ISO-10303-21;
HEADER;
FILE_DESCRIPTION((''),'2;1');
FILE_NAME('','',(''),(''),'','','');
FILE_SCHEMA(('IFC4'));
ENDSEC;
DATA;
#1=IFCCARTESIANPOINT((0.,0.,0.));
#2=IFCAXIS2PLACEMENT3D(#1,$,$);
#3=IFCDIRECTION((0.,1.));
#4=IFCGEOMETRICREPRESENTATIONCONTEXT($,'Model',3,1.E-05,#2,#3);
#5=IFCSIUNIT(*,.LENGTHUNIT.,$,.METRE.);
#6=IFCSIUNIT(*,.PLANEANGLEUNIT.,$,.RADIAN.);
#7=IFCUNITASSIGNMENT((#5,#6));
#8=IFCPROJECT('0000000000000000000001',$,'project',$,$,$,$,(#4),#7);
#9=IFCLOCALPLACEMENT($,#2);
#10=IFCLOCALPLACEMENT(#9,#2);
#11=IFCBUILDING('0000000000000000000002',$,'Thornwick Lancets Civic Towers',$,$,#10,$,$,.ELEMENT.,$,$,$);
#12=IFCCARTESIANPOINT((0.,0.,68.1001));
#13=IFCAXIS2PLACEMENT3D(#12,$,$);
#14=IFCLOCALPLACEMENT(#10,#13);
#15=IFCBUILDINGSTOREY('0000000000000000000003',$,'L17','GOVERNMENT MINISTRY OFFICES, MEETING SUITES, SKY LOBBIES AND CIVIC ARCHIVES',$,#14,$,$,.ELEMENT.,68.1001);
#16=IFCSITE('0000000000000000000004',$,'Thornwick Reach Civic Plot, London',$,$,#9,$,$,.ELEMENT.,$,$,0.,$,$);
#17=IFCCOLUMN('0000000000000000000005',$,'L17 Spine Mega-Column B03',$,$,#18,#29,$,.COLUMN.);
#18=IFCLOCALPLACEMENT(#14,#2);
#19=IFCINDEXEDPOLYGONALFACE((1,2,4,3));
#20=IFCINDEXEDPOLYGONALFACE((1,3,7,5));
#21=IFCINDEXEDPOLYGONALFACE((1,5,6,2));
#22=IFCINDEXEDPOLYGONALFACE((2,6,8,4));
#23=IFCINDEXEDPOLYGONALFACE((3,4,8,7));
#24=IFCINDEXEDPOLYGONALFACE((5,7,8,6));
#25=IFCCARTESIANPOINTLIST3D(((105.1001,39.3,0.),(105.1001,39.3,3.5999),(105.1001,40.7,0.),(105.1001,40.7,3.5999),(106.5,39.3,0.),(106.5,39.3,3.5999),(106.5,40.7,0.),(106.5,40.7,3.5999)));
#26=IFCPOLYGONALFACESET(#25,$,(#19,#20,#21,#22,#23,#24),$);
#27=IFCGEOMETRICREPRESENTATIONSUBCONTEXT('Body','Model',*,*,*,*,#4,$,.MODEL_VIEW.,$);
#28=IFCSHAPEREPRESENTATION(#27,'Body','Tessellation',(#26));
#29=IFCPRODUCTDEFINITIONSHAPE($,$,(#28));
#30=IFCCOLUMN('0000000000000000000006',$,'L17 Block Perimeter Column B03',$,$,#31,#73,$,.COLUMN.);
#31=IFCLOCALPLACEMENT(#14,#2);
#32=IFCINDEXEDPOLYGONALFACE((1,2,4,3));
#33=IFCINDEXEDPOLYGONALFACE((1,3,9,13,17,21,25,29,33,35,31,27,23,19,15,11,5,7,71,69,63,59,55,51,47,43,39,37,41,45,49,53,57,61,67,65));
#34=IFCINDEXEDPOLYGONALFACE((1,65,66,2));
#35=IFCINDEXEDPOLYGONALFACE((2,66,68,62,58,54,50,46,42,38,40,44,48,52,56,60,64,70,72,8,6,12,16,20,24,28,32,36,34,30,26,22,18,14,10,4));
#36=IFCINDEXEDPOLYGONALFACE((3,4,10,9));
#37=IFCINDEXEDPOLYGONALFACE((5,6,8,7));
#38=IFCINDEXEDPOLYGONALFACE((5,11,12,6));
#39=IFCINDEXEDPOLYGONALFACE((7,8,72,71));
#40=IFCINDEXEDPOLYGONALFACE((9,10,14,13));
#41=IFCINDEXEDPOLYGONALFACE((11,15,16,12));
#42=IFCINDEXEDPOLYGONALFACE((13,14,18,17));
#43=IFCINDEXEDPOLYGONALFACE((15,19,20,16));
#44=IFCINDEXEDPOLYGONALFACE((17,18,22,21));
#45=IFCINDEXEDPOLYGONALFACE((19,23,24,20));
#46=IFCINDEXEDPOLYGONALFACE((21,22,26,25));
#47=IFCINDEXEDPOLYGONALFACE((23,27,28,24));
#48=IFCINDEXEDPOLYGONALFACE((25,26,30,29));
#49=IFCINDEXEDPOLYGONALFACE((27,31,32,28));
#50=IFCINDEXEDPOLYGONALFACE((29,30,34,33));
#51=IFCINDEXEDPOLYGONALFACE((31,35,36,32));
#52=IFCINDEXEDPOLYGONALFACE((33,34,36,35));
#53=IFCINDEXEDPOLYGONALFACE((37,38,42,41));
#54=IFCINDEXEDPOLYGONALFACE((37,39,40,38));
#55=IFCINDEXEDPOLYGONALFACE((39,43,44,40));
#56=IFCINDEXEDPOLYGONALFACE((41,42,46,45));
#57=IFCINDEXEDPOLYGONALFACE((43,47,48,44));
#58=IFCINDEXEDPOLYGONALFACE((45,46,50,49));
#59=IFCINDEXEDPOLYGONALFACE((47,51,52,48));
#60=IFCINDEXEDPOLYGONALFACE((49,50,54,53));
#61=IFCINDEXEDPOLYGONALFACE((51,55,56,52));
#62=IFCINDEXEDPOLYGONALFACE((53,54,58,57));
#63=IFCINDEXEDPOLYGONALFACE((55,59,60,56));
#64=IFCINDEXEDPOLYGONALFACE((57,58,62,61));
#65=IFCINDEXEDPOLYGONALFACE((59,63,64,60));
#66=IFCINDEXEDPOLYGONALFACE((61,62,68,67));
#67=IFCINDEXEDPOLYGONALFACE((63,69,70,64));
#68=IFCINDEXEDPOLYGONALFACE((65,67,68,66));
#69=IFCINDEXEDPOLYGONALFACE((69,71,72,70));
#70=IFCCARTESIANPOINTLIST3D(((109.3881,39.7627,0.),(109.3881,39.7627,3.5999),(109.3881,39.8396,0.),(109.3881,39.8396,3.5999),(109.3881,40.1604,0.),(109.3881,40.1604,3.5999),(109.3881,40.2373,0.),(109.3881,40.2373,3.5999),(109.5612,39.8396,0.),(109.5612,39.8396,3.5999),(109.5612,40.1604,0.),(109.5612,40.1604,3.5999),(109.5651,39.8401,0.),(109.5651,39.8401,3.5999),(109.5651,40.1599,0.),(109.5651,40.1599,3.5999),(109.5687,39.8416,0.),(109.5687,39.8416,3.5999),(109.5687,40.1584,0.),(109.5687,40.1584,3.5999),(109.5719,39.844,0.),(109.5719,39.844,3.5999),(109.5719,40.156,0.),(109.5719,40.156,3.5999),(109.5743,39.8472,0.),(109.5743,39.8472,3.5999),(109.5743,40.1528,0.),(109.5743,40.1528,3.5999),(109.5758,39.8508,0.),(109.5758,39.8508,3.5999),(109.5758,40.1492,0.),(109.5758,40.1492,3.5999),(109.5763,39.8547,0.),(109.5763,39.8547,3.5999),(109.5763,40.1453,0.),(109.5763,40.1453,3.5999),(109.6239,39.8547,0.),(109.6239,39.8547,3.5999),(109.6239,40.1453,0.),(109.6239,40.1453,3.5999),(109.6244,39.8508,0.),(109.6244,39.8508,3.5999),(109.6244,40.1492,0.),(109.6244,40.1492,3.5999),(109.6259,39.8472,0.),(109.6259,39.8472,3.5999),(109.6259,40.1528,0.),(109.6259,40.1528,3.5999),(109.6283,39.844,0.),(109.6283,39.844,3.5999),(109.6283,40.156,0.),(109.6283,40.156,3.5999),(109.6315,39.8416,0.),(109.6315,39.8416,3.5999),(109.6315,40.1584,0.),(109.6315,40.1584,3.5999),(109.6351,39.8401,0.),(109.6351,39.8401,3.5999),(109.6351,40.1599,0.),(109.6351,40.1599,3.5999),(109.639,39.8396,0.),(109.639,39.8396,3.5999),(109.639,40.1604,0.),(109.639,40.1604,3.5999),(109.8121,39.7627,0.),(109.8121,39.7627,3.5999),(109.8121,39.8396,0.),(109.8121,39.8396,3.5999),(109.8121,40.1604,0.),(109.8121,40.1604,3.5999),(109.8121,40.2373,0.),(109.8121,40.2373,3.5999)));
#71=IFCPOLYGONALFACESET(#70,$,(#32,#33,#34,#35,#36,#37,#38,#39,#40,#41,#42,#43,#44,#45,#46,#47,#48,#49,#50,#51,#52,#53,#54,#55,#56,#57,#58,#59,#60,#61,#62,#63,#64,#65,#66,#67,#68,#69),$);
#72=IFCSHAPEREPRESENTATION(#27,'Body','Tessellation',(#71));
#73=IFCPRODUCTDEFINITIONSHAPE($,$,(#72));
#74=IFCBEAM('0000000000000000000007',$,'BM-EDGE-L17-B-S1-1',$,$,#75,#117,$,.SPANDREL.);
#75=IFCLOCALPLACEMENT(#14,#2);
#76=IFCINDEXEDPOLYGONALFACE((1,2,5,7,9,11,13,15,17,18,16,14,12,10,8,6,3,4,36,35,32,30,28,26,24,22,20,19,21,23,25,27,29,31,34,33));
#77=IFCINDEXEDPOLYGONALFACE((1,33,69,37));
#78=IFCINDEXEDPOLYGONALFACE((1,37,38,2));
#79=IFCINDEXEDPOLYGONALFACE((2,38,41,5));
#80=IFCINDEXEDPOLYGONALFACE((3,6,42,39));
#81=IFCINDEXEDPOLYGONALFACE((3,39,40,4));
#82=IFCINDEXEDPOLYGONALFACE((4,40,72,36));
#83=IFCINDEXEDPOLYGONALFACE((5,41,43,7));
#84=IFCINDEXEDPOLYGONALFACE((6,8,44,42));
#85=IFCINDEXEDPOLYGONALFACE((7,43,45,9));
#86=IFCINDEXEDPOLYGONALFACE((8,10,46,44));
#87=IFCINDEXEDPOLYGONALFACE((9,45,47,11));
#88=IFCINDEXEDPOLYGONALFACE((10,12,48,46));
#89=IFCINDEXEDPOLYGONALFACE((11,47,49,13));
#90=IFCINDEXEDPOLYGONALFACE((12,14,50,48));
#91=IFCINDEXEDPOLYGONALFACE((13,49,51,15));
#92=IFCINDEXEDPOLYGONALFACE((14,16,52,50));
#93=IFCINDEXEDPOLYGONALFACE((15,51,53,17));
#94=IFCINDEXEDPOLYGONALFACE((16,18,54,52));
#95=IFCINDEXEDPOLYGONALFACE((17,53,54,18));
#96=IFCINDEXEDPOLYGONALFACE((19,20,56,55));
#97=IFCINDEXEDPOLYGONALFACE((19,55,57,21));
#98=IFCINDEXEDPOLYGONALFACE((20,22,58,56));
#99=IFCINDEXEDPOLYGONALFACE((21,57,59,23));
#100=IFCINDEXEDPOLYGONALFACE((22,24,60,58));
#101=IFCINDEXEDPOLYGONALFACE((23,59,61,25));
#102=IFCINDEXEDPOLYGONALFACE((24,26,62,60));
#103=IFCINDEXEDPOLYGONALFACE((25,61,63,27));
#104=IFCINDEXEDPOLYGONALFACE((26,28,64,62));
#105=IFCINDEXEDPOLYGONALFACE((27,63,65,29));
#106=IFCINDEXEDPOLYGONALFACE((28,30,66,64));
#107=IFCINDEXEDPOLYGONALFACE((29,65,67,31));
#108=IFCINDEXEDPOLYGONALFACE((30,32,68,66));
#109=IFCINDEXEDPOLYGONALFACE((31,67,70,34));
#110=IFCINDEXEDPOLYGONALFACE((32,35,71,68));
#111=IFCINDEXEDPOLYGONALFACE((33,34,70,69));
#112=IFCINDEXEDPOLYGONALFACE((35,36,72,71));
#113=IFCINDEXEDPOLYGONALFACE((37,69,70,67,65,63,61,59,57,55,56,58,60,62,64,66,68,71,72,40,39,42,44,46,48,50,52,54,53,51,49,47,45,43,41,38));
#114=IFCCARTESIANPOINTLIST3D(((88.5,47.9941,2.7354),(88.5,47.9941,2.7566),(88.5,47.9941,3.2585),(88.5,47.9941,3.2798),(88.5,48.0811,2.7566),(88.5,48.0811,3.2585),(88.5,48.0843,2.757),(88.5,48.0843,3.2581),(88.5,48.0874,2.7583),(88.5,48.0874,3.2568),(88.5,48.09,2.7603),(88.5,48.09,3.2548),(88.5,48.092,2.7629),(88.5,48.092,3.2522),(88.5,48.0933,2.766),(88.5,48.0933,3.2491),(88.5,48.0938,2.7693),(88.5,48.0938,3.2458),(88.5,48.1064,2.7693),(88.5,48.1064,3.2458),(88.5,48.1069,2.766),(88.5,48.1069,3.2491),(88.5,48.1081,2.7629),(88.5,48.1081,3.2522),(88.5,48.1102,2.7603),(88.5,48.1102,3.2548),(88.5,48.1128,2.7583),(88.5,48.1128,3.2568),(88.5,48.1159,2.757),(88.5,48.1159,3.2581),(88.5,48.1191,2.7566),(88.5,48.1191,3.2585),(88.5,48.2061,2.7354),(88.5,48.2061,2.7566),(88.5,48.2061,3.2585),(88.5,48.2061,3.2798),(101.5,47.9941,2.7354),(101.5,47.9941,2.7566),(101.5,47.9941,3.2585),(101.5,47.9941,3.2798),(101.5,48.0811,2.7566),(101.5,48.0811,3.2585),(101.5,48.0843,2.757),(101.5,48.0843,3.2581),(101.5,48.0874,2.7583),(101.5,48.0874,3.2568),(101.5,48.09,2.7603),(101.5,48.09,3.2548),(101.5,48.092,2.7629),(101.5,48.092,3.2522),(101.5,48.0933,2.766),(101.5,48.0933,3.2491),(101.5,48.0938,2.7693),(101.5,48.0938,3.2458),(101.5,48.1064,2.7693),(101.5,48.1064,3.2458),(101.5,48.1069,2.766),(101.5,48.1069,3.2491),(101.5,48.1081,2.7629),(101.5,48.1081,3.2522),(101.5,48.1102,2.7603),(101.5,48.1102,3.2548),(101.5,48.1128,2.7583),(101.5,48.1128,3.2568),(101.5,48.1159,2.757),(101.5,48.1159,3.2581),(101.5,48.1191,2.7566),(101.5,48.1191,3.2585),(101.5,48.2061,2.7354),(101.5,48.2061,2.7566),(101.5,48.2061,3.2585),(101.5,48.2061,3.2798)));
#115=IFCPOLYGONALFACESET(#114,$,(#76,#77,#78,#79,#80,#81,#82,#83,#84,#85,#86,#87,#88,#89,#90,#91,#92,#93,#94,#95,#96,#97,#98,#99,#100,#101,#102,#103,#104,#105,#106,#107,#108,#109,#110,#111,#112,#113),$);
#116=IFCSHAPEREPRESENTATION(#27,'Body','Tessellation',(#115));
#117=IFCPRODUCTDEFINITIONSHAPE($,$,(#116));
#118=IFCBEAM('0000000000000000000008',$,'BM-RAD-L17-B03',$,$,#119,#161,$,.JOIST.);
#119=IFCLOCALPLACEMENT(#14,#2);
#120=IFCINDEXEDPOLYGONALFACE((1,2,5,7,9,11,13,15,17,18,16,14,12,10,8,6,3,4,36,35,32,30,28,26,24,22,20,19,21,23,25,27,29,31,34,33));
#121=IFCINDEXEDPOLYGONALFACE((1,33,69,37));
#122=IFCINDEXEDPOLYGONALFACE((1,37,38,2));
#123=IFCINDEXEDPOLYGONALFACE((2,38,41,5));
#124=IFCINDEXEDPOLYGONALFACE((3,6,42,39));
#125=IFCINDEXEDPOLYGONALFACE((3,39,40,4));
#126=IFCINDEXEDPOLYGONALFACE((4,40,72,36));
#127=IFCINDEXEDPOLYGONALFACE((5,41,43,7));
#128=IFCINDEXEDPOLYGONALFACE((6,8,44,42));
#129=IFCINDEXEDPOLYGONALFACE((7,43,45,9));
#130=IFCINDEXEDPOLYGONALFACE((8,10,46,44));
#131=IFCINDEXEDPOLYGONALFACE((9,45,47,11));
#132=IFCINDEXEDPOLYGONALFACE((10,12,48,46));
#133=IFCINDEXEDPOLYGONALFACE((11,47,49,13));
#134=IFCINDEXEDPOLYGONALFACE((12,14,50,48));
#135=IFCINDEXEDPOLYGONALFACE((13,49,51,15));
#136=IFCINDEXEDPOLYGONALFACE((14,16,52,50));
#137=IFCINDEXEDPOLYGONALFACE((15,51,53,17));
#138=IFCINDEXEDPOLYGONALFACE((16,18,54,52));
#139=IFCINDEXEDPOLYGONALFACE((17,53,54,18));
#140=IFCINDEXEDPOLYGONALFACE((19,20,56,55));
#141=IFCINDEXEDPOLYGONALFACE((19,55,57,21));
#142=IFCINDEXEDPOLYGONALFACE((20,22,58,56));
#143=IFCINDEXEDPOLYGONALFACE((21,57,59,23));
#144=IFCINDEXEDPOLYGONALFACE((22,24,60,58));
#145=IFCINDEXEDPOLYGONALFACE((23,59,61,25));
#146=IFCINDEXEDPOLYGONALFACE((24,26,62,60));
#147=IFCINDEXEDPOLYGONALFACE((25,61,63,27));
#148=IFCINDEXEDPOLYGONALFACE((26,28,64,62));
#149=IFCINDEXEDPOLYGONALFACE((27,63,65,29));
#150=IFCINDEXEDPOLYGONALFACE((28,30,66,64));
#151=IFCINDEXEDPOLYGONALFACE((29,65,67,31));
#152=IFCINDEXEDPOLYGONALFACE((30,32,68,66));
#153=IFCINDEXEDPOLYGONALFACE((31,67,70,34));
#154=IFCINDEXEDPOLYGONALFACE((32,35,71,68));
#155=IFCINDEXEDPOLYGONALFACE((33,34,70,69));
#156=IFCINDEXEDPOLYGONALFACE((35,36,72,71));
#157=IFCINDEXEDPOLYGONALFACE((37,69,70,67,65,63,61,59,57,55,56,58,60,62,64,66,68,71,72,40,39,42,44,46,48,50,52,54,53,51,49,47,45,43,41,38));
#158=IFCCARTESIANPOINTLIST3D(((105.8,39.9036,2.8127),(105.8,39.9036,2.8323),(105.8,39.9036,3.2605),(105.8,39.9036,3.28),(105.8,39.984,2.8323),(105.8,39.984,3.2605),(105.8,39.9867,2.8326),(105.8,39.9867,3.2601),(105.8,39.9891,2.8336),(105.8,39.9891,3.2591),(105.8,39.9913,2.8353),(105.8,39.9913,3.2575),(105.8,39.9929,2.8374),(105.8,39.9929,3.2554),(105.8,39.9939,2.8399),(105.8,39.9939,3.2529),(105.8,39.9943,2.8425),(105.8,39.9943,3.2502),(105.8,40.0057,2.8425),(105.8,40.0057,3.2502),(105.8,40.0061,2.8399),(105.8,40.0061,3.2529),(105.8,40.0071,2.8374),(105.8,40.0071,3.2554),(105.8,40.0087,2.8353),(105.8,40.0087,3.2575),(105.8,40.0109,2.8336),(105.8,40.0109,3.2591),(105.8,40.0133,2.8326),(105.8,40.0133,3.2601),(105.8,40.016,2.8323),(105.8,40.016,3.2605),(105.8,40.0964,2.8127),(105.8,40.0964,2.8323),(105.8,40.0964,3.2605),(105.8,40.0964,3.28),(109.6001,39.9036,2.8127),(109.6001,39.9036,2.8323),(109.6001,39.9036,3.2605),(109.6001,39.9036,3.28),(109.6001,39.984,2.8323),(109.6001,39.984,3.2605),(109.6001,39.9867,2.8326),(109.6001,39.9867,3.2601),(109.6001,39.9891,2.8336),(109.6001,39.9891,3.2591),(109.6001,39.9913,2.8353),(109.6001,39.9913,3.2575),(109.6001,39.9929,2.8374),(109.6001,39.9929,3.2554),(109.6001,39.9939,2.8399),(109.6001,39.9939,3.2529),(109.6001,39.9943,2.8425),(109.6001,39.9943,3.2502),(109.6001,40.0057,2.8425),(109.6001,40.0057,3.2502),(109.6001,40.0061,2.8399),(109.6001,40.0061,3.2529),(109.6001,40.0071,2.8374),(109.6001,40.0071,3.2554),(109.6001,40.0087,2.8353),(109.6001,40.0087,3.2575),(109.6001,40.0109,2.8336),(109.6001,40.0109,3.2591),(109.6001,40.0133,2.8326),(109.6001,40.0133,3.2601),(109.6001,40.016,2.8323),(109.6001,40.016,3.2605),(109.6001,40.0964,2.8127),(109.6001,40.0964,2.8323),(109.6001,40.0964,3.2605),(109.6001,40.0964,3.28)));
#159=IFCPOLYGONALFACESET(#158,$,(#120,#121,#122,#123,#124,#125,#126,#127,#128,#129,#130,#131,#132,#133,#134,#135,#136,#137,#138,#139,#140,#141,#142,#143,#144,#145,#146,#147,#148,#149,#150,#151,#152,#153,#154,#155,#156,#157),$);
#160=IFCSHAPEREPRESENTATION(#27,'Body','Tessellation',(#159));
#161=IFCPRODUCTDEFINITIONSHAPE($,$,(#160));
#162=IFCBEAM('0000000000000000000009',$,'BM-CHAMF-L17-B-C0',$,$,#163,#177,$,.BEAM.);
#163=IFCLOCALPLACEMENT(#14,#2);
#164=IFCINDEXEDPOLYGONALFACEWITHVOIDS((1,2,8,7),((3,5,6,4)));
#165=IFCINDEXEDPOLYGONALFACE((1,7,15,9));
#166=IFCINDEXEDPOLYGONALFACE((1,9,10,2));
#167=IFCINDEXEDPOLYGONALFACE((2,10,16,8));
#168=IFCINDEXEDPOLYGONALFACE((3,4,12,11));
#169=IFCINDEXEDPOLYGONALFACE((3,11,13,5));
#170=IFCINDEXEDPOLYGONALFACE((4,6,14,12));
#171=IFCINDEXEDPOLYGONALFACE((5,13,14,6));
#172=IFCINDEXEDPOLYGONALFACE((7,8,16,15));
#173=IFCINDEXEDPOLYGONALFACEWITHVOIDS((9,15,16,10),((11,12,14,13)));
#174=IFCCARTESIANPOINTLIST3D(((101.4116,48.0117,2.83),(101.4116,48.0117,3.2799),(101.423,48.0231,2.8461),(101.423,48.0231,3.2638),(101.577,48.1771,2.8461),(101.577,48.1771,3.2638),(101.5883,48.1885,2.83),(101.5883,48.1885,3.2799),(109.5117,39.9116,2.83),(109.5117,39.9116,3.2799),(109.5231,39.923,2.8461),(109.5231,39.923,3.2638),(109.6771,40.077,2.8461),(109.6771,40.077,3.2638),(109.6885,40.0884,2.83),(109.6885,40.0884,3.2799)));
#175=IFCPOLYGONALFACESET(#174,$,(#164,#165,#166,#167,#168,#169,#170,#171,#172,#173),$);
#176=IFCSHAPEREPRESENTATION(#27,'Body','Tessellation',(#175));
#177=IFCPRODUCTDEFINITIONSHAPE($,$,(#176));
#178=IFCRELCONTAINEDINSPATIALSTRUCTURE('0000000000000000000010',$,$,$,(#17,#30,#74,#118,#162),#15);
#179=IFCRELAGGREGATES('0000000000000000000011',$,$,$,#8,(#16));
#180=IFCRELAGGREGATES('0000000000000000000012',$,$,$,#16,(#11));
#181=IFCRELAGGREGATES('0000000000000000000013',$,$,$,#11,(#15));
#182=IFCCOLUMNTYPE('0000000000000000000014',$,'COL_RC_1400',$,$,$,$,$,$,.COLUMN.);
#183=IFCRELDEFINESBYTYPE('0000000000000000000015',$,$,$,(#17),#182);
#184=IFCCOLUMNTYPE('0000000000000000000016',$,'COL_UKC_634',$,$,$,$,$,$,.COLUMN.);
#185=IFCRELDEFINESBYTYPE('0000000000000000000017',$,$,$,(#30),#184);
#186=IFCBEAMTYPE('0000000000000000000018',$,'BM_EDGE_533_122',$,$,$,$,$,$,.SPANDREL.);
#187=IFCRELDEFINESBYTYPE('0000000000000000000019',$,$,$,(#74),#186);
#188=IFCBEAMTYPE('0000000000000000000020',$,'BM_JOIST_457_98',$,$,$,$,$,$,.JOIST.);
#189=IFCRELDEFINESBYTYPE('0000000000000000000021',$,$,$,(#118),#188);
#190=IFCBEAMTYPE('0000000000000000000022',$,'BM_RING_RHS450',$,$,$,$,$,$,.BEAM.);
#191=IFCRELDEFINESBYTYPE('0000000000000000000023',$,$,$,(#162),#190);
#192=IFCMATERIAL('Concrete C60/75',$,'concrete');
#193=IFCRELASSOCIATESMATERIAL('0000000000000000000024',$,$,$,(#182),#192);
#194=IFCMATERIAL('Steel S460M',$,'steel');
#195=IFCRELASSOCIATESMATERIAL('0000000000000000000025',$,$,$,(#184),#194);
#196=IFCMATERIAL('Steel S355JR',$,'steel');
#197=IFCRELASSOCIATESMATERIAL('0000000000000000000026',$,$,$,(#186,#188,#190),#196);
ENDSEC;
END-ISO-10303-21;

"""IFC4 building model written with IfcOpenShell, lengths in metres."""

from ifc_helpers import new_model, si_unit, direction, frame, origin, origin_2d, place, context, subcontext, project, spatial, rectangle, hollow_rectangle, i_section, extrude, material, material_profile, profile_set, type_object, element, save


model = new_model("IFC4")

# Units and contexts
model_context = context("Model", 3, precision=1e-05, world=origin(), true_north=direction((0.0, 1.0)))
body_context = subcontext(model_context, "Body", "Model", "MODEL_VIEW")
ifc_project = project(units=[si_unit("LENGTHUNIT", "METRE"), si_unit("PLANEANGLEUNIT", "RADIAN")], contexts=[model_context])

# Site, building, storey
site_placement = place(None, origin())
site = spatial("IfcSite", under=ifc_project, at=site_placement, Name="Thornwick Reach Civic Plot, London", CompositionType="ELEMENT", RefElevation=0.0)
building_placement = place(site_placement, origin())
building = spatial("IfcBuilding", under=site, at=building_placement, Name="Thornwick Lancets Civic Towers", CompositionType="ELEMENT")
storey_placement = place(building_placement, frame((0.0, 0.0, 68.1001)))
storey = spatial("IfcBuildingStorey", under=building, at=storey_placement, Name="L17", Description="GOVERNMENT MINISTRY OFFICES, MEETING SUITES, SKY LOBBIES AND CIVIC ARCHIVES", CompositionType="ELEMENT", Elevation=68.1001)

# Columns
ifc_material_1 = material(Name="Concrete C60/75", Category="concrete")
ifc_material_profile_1 = material_profile(ifc_material_1, rectangle(XDim=1.3999, YDim=1.3999, at=origin_2d()), Name="RC 1400x1400")
ifc_profile_set_1 = profile_set([ifc_material_profile_1], Name="Concrete C60/75")
column_type_1 = type_object("IfcColumnType", Name="COL_RC_1400", PredefinedType="COLUMN", material=ifc_profile_set_1)
column_1_placement = place(storey_placement, frame((105.8, 40.0, 0.0), z_axis=(0.0, 0.0, 1.0), x_axis=(1.0, 0.0, 0.0)))
element("IfcColumn", 1, at=column_1_placement, inside=storey, type_object=column_type_1, Name="L17 Spine Mega-Column B03", PredefinedType="COLUMN", context=body_context, shape_type="SweptSolid", body=[
    extrude(rectangle(XDim=1.3999, YDim=1.3999, at=origin_2d()), origin(), (0.0, 0.0, 1.0), 3.5999),
])
ifc_material_2 = material(Name="Steel S460M", Category="steel")
ifc_material_profile_2 = material_profile(ifc_material_2, i_section(OverallWidth=0.4241, OverallDepth=0.4746, WebThickness=0.0476, FlangeThickness=0.0769, FilletRadius=0.0151, at=origin_2d()), Name="UKC 356x406x634")
ifc_profile_set_2 = profile_set([ifc_material_profile_2], Name="Steel S460M")
column_type_2 = type_object("IfcColumnType", Name="COL_UKC_634", PredefinedType="COLUMN", material=ifc_profile_set_2)
column_2_placement = place(storey_placement, frame((109.6001, 40.0, 0.0), z_axis=(0.0, 0.0, 1.0), x_axis=(1.0, 0.0, 0.0)))
element("IfcColumn", 2, at=column_2_placement, inside=storey, type_object=column_type_2, Name="L17 Block Perimeter Column B03", PredefinedType="COLUMN", context=body_context, shape_type="SweptSolid", body=[
    extrude(i_section(OverallWidth=0.4241, OverallDepth=0.4746, WebThickness=0.0476, FlangeThickness=0.0769, FilletRadius=0.0151, at=origin_2d()), origin(), (0.0, 0.0, 1.0), 3.5999),
])

# Beams
ifc_material_3 = material(Name="Steel S355JR", Category="steel")
ifc_material_profile_3 = material_profile(ifc_material_3, i_section(OverallWidth=0.2119, OverallDepth=0.5444, WebThickness=0.0127, FlangeThickness=0.0212, FilletRadius=0.0127, at=origin_2d()), Name="UKB 533x210x122")
ifc_profile_set_3 = profile_set([ifc_material_profile_3], Name="Steel S355JR")
beam_type_1 = type_object("IfcBeamType", Name="BM_EDGE_533_122", PredefinedType="SPANDREL", material=ifc_profile_set_3)
beam_1_placement = place(storey_placement, frame((101.5, 48.1001, 3.0076), z_axis=(-1.0, 0.0, 0.0), x_axis=(0.0, -1.0, 0.0)))
element("IfcBeam", 3, at=beam_1_placement, inside=storey, type_object=beam_type_1, Name="BM-EDGE-L17-B-S1-1", PredefinedType="SPANDREL", context=body_context, shape_type="SweptSolid", body=[
    extrude(i_section(OverallWidth=0.2119, OverallDepth=0.5444, WebThickness=0.0127, FlangeThickness=0.0212, FilletRadius=0.0127, at=origin_2d()), origin(), (0.0, 0.0, 1.0), 13.0),
])
ifc_material_profile_4 = material_profile(ifc_material_3, i_section(OverallWidth=0.1929, OverallDepth=0.4673, WebThickness=0.0115, FlangeThickness=0.0195, FilletRadius=0.0103, at=origin_2d()), Name="UKB 457x191x98")
ifc_profile_set_4 = profile_set([ifc_material_profile_4], Name="Steel S355JR")
beam_type_2 = type_object("IfcBeamType", Name="BM_JOIST_457_98", PredefinedType="JOIST", material=ifc_profile_set_4)
beam_2_placement = place(storey_placement, frame((105.8, 40.0, 3.0464), z_axis=(1.0, 0.0, 0.0), x_axis=(0.0, 1.0, 0.0)))
element("IfcBeam", 4, at=beam_2_placement, inside=storey, type_object=beam_type_2, Name="BM-RAD-L17-B03", PredefinedType="JOIST", context=body_context, shape_type="SweptSolid", body=[
    extrude(i_section(OverallWidth=0.1929, OverallDepth=0.4673, WebThickness=0.0115, FlangeThickness=0.0195, FilletRadius=0.0103, at=origin_2d()), origin(), (0.0, 0.0, 1.0), 3.8),
])
ifc_material_profile_5 = material_profile(ifc_material_3, hollow_rectangle(XDim=0.25, YDim=0.45, WallThickness=0.0161, at=origin_2d()), Name="RHS 450x250x16")
ifc_profile_set_5 = profile_set([ifc_material_profile_5], Name="Steel S355JR")
beam_type_3 = type_object("IfcBeamType", Name="BM_RING_RHS450", PredefinedType="BEAM", material=ifc_profile_set_5)
beam_3_placement = place(storey_placement, frame((109.6001, 40.0, 3.0549), z_axis=(-0.707107, 0.707107, 0.0), x_axis=(-0.707107, -0.707107, 0.0)))
element("IfcBeam", 5, at=beam_3_placement, inside=storey, type_object=beam_type_3, Name="BM-CHAMF-L17-B-C0", PredefinedType="BEAM", context=body_context, shape_type="SweptSolid", body=[
    extrude(hollow_rectangle(XDim=0.25, YDim=0.45, WallThickness=0.0161, at=origin_2d()), origin(), (0.0, 0.0, 1.0), 11.4553),
])

save(model, "model.ifc")
